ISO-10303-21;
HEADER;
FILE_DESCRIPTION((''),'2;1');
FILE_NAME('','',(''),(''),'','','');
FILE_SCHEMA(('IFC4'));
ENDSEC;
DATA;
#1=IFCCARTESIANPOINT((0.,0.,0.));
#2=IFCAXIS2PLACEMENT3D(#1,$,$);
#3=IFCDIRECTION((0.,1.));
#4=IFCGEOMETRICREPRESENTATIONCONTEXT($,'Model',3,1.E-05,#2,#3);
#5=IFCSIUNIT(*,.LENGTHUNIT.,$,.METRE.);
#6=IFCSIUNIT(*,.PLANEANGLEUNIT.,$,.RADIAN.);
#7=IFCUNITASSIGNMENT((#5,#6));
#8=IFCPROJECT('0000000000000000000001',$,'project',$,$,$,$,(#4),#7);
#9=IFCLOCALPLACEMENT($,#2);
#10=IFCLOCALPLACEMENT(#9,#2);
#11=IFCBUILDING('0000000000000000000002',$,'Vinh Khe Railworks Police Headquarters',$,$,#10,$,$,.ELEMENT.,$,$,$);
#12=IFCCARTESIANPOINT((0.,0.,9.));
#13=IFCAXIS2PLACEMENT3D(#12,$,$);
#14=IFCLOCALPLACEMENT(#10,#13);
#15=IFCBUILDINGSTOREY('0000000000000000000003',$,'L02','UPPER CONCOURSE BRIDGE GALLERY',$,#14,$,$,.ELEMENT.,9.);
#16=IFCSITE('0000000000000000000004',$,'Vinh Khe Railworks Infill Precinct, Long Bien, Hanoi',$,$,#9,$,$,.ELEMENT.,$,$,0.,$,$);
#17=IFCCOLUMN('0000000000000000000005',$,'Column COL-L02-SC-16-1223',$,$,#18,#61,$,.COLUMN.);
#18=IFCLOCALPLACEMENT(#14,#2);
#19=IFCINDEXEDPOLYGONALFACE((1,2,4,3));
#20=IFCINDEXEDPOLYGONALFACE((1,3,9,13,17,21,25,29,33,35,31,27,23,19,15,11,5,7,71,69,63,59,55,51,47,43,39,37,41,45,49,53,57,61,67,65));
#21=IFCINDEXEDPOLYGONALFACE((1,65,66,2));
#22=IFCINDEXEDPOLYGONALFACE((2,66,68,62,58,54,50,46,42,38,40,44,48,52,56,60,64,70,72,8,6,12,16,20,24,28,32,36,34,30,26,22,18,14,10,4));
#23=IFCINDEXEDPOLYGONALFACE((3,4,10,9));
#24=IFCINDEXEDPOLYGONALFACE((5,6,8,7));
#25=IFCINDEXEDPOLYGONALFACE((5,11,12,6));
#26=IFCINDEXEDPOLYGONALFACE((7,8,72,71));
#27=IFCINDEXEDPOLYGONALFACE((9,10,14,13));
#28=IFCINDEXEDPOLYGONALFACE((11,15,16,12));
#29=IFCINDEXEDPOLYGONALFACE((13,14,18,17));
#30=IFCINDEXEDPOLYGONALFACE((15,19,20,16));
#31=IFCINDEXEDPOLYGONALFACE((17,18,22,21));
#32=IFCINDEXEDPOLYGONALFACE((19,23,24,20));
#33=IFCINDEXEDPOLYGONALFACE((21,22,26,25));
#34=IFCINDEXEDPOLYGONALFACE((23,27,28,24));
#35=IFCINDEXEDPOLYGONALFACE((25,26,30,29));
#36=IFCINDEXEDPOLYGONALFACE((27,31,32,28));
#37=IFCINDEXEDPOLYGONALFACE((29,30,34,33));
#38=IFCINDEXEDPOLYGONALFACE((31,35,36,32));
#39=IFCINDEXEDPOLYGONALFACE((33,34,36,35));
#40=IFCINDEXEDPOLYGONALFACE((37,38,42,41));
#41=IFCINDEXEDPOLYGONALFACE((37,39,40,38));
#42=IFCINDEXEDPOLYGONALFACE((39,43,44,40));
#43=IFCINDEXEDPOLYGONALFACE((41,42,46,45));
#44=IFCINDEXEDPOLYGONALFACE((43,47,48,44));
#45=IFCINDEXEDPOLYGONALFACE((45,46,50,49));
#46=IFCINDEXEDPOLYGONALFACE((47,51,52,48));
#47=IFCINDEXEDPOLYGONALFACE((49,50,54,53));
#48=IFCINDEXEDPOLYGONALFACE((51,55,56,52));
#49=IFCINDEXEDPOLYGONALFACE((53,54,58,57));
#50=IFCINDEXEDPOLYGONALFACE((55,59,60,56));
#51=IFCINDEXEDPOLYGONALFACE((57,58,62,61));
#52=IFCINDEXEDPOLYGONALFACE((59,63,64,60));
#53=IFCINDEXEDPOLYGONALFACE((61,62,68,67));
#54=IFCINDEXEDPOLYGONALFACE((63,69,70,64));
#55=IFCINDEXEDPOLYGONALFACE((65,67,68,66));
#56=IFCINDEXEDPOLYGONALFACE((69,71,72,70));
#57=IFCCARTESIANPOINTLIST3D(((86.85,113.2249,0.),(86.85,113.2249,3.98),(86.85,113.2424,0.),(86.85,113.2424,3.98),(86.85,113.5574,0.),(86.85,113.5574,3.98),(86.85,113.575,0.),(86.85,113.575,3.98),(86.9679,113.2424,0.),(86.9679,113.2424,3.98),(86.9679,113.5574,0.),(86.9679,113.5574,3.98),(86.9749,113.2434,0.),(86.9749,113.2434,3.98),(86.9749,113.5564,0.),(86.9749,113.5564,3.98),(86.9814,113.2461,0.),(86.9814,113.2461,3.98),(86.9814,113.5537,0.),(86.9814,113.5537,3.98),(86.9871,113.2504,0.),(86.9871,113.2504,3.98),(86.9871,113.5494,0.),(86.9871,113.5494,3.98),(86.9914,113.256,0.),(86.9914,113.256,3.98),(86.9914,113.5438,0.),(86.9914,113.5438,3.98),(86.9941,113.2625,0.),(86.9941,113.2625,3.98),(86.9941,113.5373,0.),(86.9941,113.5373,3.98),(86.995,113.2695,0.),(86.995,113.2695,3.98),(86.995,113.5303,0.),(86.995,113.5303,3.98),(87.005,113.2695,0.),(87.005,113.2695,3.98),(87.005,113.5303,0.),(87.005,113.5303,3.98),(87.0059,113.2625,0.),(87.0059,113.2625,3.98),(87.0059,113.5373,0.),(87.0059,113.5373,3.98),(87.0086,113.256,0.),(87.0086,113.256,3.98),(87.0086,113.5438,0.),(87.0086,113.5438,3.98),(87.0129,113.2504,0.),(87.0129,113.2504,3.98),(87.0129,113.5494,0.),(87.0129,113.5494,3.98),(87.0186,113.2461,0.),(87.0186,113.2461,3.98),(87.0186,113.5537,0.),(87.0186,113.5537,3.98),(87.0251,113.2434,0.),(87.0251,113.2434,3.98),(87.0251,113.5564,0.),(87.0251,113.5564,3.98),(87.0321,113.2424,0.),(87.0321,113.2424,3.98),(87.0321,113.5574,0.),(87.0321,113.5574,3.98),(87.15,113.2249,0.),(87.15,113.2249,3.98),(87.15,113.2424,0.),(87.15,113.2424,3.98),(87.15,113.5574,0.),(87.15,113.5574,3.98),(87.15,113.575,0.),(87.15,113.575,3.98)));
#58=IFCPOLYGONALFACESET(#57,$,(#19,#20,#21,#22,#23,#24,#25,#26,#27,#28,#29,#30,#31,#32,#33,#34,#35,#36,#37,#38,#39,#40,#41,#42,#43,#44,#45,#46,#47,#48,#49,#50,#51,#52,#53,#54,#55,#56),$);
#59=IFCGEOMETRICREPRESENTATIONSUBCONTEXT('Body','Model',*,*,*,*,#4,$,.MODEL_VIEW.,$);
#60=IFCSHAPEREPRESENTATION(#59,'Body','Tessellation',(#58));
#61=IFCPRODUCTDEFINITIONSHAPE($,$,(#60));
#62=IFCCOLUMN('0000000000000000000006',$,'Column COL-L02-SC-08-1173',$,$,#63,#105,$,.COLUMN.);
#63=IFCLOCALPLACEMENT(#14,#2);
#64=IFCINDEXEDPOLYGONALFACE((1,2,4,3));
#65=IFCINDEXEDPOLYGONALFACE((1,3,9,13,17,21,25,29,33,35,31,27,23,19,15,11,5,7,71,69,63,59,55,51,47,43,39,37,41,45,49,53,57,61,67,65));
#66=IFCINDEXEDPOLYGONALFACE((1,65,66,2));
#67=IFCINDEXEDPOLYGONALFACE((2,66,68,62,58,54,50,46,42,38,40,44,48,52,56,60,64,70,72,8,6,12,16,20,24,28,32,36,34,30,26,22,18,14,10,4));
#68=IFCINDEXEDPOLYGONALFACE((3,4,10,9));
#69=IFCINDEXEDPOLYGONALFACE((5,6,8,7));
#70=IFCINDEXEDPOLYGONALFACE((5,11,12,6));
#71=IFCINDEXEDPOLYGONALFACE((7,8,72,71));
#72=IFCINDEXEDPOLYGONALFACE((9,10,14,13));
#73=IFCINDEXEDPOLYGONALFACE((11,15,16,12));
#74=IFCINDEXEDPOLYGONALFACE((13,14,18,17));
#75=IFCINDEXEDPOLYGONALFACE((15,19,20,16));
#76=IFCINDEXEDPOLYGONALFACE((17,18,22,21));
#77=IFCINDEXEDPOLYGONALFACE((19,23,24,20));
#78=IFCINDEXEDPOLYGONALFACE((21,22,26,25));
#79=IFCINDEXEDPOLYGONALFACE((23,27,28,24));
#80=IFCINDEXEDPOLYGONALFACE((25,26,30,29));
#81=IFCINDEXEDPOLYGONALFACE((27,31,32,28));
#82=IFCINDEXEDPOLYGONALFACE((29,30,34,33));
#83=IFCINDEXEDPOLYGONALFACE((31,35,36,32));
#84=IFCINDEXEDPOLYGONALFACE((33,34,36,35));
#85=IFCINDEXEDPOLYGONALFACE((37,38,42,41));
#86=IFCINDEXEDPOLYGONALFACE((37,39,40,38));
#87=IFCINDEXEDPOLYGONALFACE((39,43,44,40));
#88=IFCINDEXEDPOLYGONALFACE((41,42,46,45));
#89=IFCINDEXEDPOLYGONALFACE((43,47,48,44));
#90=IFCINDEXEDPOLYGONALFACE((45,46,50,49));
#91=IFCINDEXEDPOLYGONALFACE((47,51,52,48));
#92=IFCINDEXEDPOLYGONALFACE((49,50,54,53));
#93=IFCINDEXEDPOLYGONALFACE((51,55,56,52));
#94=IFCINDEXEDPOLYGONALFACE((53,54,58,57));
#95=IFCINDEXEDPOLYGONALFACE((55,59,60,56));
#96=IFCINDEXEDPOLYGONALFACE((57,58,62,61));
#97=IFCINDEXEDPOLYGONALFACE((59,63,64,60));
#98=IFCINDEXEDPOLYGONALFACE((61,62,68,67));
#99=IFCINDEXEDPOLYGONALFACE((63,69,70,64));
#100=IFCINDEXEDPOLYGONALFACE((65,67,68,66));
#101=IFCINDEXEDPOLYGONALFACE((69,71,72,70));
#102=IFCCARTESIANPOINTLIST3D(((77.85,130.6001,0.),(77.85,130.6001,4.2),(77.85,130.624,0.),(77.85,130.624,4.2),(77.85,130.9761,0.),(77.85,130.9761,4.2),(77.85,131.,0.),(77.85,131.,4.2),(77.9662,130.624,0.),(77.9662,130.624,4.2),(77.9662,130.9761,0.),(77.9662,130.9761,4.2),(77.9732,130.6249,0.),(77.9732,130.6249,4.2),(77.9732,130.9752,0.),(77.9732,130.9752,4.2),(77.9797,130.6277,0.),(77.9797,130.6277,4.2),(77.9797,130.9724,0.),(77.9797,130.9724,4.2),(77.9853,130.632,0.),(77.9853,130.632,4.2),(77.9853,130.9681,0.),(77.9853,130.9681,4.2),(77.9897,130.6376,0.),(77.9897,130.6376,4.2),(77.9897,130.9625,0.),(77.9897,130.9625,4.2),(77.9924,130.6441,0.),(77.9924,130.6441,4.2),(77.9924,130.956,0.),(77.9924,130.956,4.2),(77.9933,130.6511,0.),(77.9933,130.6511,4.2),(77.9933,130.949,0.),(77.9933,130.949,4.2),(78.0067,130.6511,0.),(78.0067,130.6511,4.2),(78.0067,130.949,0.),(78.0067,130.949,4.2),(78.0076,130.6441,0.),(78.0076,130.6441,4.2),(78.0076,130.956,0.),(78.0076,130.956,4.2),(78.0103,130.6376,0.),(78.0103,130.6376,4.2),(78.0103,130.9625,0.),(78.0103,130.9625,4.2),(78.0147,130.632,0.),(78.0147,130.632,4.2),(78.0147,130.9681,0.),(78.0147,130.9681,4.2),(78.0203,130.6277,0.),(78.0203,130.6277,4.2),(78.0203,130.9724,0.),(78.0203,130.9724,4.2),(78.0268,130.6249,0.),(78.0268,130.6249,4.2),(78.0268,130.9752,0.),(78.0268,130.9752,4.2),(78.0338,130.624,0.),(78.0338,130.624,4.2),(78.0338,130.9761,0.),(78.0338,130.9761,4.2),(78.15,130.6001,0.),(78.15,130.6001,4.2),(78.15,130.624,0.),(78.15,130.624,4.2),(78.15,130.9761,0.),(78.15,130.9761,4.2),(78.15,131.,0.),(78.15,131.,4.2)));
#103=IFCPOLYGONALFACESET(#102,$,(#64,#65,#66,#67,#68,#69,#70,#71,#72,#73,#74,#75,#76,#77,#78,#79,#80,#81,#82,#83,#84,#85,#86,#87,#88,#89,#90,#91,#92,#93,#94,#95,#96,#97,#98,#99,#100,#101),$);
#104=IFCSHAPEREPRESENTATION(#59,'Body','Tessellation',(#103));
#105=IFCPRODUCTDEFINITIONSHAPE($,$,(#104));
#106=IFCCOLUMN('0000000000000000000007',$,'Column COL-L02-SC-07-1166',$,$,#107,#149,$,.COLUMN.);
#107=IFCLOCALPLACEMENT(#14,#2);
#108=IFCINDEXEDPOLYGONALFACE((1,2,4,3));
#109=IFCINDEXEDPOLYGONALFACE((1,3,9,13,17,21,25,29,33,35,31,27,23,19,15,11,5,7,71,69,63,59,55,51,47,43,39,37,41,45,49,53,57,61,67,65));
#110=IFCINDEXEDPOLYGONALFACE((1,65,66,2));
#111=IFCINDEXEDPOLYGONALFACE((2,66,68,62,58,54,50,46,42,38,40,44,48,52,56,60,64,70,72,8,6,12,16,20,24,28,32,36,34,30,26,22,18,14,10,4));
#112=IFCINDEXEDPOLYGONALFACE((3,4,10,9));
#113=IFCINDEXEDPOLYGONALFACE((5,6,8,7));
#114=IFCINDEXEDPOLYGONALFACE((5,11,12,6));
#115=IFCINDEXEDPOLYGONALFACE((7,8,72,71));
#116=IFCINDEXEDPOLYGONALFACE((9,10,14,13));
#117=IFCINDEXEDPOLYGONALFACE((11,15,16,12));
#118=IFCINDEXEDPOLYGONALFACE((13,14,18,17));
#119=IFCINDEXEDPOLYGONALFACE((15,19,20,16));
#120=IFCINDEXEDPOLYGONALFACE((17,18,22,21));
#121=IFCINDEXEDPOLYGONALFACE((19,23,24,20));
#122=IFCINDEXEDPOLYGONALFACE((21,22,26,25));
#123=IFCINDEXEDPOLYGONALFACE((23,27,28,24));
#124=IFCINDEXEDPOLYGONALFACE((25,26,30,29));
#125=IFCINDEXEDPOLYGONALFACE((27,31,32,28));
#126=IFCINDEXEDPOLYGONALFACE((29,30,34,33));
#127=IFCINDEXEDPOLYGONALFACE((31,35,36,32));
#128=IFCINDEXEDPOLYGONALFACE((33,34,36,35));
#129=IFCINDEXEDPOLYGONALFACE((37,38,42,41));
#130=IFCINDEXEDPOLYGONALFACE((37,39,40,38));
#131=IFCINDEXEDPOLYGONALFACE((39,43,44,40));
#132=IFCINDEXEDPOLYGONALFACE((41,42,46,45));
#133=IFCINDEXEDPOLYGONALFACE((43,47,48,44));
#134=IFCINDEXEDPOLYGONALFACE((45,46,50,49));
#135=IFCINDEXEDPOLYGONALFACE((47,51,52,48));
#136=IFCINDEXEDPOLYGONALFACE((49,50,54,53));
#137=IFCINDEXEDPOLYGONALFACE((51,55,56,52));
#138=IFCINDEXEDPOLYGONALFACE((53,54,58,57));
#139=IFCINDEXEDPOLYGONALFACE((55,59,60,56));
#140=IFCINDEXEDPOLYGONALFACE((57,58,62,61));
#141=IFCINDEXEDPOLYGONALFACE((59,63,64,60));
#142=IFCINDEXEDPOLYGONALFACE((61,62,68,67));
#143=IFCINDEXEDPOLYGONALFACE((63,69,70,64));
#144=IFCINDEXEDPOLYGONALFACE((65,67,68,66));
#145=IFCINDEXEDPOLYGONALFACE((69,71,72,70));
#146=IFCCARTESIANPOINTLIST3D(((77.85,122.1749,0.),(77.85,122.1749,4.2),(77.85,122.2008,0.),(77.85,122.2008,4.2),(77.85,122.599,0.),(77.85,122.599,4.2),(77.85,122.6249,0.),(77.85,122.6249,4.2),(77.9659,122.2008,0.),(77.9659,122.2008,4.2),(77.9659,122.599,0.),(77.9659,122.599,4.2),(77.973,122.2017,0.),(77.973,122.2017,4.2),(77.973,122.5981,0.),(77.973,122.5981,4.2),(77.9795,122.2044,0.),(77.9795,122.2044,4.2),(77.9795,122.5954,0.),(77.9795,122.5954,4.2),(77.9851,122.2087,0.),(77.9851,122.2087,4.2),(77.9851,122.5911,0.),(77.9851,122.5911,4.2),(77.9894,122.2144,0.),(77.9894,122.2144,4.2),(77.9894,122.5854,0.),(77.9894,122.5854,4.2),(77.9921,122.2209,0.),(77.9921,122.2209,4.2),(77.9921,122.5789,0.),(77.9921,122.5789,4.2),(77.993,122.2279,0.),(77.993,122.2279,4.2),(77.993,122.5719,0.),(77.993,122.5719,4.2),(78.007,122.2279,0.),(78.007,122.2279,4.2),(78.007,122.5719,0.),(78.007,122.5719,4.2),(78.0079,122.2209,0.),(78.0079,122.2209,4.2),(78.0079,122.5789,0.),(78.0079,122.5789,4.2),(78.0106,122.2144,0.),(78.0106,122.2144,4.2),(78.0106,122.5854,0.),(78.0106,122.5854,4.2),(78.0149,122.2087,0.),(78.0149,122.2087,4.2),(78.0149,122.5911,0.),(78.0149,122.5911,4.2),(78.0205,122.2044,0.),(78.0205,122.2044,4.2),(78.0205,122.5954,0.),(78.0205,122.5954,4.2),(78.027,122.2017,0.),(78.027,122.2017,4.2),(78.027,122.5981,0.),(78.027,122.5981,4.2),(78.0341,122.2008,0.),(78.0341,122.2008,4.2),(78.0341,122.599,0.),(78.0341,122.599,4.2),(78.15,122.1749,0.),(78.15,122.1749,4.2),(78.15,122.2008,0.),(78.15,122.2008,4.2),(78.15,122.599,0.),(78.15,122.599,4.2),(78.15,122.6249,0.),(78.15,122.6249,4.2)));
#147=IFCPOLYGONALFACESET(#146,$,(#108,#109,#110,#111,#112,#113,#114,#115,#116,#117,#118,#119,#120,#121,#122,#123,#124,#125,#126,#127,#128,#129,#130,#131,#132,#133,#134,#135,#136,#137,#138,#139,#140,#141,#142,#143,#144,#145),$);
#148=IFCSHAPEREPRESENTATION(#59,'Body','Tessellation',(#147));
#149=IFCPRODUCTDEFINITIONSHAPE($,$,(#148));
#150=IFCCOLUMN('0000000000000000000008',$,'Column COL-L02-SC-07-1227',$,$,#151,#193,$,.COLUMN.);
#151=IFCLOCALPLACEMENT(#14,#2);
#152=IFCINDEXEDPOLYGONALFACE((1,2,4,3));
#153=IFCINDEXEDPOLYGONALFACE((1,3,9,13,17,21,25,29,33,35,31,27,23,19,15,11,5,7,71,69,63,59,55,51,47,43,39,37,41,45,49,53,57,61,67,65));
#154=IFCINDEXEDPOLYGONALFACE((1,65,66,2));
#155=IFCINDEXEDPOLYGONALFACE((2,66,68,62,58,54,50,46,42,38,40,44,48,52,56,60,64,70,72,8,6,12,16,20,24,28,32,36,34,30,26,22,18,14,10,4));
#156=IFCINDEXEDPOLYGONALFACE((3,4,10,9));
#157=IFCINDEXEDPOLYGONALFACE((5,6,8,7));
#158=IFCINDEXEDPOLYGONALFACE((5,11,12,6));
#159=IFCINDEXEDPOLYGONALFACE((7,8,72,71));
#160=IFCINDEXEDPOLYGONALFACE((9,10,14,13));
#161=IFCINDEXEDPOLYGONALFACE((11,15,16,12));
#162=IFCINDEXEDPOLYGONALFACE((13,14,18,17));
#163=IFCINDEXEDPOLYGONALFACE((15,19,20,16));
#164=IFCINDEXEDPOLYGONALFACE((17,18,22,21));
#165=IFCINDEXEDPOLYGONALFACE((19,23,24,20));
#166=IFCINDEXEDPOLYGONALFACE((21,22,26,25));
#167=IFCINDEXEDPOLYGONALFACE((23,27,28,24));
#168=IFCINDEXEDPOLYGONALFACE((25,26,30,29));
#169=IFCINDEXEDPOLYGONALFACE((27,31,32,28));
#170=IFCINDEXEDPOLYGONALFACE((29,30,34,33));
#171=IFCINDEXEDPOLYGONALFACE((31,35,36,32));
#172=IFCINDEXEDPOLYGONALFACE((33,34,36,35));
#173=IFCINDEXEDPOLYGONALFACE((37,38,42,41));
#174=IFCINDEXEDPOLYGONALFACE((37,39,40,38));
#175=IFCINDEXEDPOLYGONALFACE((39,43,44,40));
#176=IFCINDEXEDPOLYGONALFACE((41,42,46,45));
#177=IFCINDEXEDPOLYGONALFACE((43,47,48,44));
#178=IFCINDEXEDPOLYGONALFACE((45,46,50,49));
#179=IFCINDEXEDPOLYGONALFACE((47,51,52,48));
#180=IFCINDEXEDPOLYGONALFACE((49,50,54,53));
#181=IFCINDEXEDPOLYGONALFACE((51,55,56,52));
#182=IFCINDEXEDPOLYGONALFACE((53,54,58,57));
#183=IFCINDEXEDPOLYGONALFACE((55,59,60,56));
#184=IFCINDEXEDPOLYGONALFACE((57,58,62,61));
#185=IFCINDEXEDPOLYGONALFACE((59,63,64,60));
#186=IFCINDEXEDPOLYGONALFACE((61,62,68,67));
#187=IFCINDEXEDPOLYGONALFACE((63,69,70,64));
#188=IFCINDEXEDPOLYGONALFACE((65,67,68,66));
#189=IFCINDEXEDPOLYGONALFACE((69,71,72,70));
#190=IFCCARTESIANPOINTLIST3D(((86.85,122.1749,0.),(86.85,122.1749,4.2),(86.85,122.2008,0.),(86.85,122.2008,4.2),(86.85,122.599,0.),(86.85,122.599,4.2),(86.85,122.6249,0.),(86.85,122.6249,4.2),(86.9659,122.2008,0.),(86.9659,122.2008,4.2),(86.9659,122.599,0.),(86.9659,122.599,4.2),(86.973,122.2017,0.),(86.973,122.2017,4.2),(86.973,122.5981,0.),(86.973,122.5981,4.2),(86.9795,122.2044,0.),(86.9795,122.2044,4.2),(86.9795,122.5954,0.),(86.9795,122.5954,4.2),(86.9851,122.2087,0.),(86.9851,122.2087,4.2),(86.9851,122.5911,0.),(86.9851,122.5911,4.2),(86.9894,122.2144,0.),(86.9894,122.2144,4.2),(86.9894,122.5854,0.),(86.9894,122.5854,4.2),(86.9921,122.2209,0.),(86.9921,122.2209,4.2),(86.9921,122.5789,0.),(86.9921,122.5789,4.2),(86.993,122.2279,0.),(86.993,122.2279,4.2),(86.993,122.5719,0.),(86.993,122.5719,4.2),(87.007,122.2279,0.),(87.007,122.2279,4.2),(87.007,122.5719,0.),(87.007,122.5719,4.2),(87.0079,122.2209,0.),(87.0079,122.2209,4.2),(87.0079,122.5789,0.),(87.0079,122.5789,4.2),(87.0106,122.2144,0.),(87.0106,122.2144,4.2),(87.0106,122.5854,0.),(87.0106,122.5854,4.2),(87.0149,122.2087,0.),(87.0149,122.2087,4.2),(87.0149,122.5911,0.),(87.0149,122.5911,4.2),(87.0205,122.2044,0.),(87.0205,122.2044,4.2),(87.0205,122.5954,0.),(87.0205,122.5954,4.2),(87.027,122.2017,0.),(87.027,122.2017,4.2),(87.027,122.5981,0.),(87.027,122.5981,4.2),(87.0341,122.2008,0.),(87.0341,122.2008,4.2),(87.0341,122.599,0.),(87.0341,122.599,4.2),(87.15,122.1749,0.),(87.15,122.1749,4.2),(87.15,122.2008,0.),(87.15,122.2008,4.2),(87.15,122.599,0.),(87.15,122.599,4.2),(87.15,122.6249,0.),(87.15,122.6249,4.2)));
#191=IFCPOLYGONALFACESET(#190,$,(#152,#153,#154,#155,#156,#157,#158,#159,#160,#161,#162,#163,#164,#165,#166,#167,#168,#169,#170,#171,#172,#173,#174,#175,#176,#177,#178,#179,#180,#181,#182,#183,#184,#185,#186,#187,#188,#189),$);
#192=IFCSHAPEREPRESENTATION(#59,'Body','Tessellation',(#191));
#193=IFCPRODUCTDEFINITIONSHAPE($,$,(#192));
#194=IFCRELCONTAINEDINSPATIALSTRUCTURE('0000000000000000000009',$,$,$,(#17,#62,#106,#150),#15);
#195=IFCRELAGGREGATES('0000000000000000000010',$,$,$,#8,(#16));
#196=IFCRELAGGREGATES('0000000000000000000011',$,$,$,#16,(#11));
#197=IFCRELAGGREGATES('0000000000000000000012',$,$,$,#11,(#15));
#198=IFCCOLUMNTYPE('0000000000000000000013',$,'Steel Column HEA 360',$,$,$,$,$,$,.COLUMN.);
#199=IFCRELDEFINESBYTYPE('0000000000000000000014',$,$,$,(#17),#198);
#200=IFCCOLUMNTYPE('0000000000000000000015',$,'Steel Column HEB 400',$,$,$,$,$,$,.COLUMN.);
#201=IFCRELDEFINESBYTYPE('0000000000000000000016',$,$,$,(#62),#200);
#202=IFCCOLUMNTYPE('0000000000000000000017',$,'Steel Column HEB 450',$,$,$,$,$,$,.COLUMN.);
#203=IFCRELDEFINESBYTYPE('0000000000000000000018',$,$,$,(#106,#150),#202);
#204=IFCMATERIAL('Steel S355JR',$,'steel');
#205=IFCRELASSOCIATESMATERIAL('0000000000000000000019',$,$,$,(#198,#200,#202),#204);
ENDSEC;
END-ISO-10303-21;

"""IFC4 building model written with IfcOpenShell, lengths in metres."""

from ifc_helpers import new_model, si_unit, direction, frame, origin, origin_2d, place, context, subcontext, project, spatial, i_section, extrude, material, material_profile, profile_set, type_object, element, save


model = new_model("IFC4")

# Units and contexts
model_context = context("Model", 3, precision=1e-05, world=origin(), true_north=direction((0.0, 1.0)))
body_context = subcontext(model_context, "Body", "Model", "MODEL_VIEW")
ifc_project = project(units=[si_unit("LENGTHUNIT", "METRE"), si_unit("PLANEANGLEUNIT", "RADIAN")], contexts=[model_context])

# Site, building, storey
site_placement = place(None, origin())
site = spatial("IfcSite", under=ifc_project, at=site_placement, Name="Vinh Khe Railworks Infill Precinct, Long Bien, Hanoi", CompositionType="ELEMENT", RefElevation=0.0)
building_placement = place(site_placement, origin())
building = spatial("IfcBuilding", under=site, at=building_placement, Name="Vinh Khe Railworks Police Headquarters", CompositionType="ELEMENT")
storey_placement = place(building_placement, frame((0.0, 0.0, 9.0)))
storey = spatial("IfcBuildingStorey", under=building, at=storey_placement, Name="L02", Description="UPPER CONCOURSE BRIDGE GALLERY", CompositionType="ELEMENT", Elevation=9.0)

# Columns
ifc_material_1 = material(Name="Steel S355JR", Category="steel")
ifc_material_profile_1 = material_profile(ifc_material_1, i_section(OverallWidth=0.3, OverallDepth=0.3501, WebThickness=0.01, FlangeThickness=0.0176, FilletRadius=0.0271, at=origin_2d()), Name="HEA 360")
ifc_profile_set_1 = profile_set([ifc_material_profile_1], Name="Steel S355JR")
column_type_1 = type_object("IfcColumnType", Name="Steel Column HEA 360", PredefinedType="COLUMN", material=ifc_profile_set_1)
column_1_placement = place(storey_placement, frame((87.0, 113.3999, 0.0), z_axis=(0.0, 0.0, 1.0), x_axis=(1.0, 0.0, 0.0)))
element("IfcColumn", 1, at=column_1_placement, inside=storey, type_object=column_type_1, Name="Column COL-L02-SC-16-1223", PredefinedType="COLUMN", context=body_context, shape_type="SweptSolid", body=[
    extrude(i_section(OverallWidth=0.3, OverallDepth=0.3501, WebThickness=0.01, FlangeThickness=0.0176, FilletRadius=0.0271, at=origin_2d()), origin(), (0.0, 0.0, 1.0), 3.98),
])
ifc_material_profile_2 = material_profile(ifc_material_1, i_section(OverallWidth=0.3, OverallDepth=0.3999, WebThickness=0.0134, FlangeThickness=0.0239, FilletRadius=0.0271, at=origin_2d()), Name="HEB 400")
ifc_profile_set_2 = profile_set([ifc_material_profile_2], Name="Steel S355JR")
column_type_2 = type_object("IfcColumnType", Name="Steel Column HEB 400", PredefinedType="COLUMN", material=ifc_profile_set_2)
column_2_placement = place(storey_placement, frame((78.0, 130.8, 0.0), z_axis=(0.0, 0.0, 1.0), x_axis=(1.0, 0.0, 0.0)))
element("IfcColumn", 2, at=column_2_placement, inside=storey, type_object=column_type_2, Name="Column COL-L02-SC-08-1173", PredefinedType="COLUMN", context=body_context, shape_type="SweptSolid", body=[
    extrude(i_section(OverallWidth=0.3, OverallDepth=0.3999, WebThickness=0.0134, FlangeThickness=0.0239, FilletRadius=0.0271, at=origin_2d()), origin(), (0.0, 0.0, 1.0), 4.2),
])
ifc_material_profile_3 = material_profile(ifc_material_1, i_section(OverallWidth=0.3, OverallDepth=0.45, WebThickness=0.0139, FlangeThickness=0.0259, FilletRadius=0.0271, at=origin_2d()), Name="HEB 450")
ifc_profile_set_3 = profile_set([ifc_material_profile_3], Name="Steel S355JR")
column_type_3 = type_object("IfcColumnType", Name="Steel Column HEB 450", PredefinedType="COLUMN", material=ifc_profile_set_3)
for number, where, z_axis, x_axis, name in (
    (3, (78.0, 122.3999, 0.0), (0.0, 0.0, 1.0), (1.0, 0.0, 0.0), "Column COL-L02-SC-07-1166"),
    (4, (87.0, 122.3999, 0.0), (0.0, 0.0, 1.0), (1.0, 0.0, 0.0), "Column COL-L02-SC-07-1227"),
):
    element("IfcColumn", number, at=place(storey_placement, frame(where, z_axis=z_axis, x_axis=x_axis)), inside=storey, type_object=column_type_3, Name=name, PredefinedType="COLUMN", context=body_context, shape_type="SweptSolid", body=[
        extrude(i_section(OverallWidth=0.3, OverallDepth=0.45, WebThickness=0.0139, FlangeThickness=0.0259, FilletRadius=0.0271, at=origin_2d()), origin(), (0.0, 0.0, 1.0), 4.2),
    ])

save(model, "model.ifc")
